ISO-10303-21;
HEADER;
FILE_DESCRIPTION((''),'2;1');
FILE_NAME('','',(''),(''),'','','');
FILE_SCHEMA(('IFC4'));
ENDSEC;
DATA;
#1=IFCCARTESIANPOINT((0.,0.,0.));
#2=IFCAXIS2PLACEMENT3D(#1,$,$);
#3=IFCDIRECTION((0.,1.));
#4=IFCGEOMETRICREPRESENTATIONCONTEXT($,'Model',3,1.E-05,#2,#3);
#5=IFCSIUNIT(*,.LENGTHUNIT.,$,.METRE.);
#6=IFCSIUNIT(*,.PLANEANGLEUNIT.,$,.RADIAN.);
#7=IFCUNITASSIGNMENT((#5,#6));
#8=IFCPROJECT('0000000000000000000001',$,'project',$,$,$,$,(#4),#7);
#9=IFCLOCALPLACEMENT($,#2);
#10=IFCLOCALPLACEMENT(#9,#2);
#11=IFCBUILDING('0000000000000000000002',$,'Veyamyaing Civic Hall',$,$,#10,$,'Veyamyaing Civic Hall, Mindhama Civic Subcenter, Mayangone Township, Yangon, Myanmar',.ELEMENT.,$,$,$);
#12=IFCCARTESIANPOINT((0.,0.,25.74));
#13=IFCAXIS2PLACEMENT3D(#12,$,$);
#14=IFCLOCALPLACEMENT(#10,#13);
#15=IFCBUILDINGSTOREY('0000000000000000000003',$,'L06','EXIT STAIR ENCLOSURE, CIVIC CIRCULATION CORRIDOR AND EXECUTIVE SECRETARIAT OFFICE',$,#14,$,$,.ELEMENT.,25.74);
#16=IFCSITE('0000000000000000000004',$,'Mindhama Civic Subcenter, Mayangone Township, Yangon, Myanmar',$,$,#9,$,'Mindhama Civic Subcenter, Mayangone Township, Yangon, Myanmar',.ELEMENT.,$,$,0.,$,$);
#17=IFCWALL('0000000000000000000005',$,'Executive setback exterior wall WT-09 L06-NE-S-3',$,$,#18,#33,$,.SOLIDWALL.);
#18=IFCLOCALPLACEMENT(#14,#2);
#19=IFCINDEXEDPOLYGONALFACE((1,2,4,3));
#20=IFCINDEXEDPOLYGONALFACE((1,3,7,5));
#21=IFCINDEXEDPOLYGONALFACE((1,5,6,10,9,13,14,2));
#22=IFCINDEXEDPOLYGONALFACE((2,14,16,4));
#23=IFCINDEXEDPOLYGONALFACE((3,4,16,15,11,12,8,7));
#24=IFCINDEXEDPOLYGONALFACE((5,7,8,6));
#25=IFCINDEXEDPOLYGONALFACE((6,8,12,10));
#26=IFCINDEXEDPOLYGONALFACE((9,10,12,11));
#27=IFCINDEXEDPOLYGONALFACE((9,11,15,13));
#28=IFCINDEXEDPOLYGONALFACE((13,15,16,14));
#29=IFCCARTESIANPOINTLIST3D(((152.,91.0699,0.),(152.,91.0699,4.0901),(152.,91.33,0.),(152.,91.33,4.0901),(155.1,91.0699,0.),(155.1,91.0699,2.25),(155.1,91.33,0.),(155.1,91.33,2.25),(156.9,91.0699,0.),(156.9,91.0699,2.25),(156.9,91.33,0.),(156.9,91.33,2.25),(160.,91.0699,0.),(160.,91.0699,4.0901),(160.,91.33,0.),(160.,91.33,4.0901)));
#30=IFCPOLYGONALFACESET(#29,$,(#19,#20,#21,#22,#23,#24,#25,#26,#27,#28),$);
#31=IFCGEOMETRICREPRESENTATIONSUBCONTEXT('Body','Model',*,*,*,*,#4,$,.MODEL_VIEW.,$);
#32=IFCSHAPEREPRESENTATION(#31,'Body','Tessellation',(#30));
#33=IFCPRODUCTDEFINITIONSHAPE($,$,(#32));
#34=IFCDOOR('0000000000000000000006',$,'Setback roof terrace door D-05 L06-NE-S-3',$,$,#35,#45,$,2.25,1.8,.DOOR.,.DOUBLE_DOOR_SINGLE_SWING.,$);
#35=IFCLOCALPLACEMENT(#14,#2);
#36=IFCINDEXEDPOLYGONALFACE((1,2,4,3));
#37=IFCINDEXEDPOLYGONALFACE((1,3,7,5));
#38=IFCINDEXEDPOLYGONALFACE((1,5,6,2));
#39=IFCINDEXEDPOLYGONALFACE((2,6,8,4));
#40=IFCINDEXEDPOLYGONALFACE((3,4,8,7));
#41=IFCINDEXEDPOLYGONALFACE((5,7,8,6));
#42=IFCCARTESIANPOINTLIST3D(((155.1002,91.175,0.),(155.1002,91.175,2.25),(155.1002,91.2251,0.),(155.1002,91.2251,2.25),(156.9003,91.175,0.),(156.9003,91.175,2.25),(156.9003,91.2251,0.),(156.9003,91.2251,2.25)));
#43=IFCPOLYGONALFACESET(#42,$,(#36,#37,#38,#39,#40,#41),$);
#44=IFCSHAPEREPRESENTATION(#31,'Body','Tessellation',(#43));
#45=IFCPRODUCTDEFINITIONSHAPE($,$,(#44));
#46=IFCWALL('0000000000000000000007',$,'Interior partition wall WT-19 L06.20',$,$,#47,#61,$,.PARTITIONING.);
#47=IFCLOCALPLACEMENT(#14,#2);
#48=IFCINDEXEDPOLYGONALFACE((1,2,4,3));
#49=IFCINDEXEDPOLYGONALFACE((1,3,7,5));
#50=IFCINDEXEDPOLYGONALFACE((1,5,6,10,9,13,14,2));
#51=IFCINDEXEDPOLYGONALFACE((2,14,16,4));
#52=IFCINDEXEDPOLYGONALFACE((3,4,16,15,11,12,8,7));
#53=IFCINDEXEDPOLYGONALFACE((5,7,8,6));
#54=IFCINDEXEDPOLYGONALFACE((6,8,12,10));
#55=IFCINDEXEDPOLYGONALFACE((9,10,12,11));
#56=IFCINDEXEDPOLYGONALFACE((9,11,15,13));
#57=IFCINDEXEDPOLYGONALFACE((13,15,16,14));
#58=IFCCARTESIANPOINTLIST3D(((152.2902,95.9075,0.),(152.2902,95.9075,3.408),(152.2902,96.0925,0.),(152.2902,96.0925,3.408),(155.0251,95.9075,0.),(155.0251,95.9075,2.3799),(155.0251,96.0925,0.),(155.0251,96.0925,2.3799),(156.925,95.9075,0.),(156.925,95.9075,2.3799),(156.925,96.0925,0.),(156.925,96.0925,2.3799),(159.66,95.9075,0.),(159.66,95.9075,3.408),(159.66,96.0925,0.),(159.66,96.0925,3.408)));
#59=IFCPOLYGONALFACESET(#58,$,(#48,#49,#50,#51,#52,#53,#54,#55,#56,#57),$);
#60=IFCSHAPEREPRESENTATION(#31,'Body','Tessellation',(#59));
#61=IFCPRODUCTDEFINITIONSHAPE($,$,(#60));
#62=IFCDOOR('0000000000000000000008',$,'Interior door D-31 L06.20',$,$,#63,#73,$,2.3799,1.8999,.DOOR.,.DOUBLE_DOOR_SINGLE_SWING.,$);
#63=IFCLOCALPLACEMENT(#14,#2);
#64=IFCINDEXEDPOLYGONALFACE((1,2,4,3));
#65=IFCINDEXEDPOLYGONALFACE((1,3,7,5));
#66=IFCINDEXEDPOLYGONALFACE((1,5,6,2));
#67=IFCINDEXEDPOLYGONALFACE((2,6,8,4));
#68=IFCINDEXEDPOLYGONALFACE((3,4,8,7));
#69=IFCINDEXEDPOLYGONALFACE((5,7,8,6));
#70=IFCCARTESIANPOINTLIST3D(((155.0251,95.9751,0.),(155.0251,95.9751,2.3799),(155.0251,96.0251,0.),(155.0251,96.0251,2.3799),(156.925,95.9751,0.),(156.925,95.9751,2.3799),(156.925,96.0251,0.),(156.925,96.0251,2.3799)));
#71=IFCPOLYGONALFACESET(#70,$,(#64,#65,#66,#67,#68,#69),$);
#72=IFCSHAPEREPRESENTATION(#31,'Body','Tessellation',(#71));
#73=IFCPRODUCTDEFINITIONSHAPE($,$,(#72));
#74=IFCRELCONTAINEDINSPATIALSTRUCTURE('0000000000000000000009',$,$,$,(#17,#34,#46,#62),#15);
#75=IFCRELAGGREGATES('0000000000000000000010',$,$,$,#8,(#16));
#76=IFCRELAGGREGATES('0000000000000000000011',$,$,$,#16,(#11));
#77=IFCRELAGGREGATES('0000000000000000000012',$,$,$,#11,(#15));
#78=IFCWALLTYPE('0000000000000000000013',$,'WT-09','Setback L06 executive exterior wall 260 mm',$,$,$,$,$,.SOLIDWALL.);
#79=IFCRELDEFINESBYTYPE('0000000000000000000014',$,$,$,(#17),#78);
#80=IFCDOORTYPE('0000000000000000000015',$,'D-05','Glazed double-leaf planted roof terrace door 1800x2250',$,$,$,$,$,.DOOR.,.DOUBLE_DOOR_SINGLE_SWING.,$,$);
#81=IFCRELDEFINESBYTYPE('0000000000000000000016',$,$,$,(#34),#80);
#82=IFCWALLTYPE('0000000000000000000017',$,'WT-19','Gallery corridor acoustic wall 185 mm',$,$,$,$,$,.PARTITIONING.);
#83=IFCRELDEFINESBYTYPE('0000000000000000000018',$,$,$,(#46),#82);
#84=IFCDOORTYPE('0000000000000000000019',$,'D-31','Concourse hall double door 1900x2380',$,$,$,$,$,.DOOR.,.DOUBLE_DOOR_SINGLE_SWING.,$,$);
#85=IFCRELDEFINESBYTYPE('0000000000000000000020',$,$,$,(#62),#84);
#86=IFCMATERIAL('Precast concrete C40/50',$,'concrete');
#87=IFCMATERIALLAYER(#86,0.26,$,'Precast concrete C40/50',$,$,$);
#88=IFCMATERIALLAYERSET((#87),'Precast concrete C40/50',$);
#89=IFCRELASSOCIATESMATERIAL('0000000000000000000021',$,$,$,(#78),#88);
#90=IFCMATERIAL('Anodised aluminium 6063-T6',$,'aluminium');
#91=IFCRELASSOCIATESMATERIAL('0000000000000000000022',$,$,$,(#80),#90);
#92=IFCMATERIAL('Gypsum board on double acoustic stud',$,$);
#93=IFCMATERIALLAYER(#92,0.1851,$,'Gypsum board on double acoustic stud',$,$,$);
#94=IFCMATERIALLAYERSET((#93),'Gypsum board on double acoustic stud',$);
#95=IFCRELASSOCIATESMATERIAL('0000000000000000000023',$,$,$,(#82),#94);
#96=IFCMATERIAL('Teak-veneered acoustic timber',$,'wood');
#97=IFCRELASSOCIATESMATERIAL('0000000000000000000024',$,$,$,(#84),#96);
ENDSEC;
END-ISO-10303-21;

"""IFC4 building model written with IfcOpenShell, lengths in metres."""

from ifc_helpers import new_model, si_unit, direction, frame, frame_2d, origin, place, context, subcontext, project, spatial, rectangle, extrude, material, layer, layer_set, type_object, element, fill, save


model = new_model("IFC4")

# Units and contexts
model_context = context("Model", 3, precision=1e-05, world=origin(), true_north=direction((0.0, 1.0)))
body_context = subcontext(model_context, "Body", "Model", "MODEL_VIEW")
ifc_project = project(units=[si_unit("LENGTHUNIT", "METRE"), si_unit("PLANEANGLEUNIT", "RADIAN")], contexts=[model_context])

# Site, building, storey
site_placement = place(None, origin())
site = spatial("IfcSite", under=ifc_project, at=site_placement, Name="Mindhama Civic Subcenter, Mayangone Township, Yangon, Myanmar", LongName="Mindhama Civic Subcenter, Mayangone Township, Yangon, Myanmar", CompositionType="ELEMENT", RefElevation=0.0)
building_placement = place(site_placement, origin())
building = spatial("IfcBuilding", under=site, at=building_placement, Name="Veyamyaing Civic Hall", LongName="Veyamyaing Civic Hall, Mindhama Civic Subcenter, Mayangone Township, Yangon, Myanmar", CompositionType="ELEMENT")
storey_placement = place(building_placement, frame((0.0, 0.0, 25.74)))
storey = spatial("IfcBuildingStorey", under=building, at=storey_placement, Name="L06", Description="EXIT STAIR ENCLOSURE, CIVIC CIRCULATION CORRIDOR AND EXECUTIVE SECRETARIAT OFFICE", CompositionType="ELEMENT", Elevation=25.74)

# Shared definitions
ifc_material_1 = material(Name="Anodised aluminium 6063-T6", Category="aluminium")

# Shared definitions
ifc_material_2 = material(Name="Teak-veneered acoustic timber", Category="wood")

# Walls, openings, doors
ifc_material_3 = material(Name="Precast concrete C40/50", Category="concrete")
ifc_layer_1 = layer(ifc_material_3, 0.26, Name="Precast concrete C40/50")
ifc_layer_set_1 = layer_set([ifc_layer_1], Name="Precast concrete C40/50")
wall_type_1 = type_object("IfcWallType", Name="WT-09", Description="Setback L06 executive exterior wall 260 mm", PredefinedType="SOLIDWALL", material=ifc_layer_set_1)
wall_1_placement = place(storey_placement, frame((152.0, 91.2, 0.0), z_axis=(0.0, 0.0, 1.0), x_axis=(1.0, 0.0, 0.0)))
wall_1 = element("IfcWall", 1, at=wall_1_placement, inside=storey, type_object=wall_type_1, Name="Executive setback exterior wall WT-09 L06-NE-S-3", PredefinedType="SOLIDWALL", context=body_context, shape_type="SweptSolid", body=[
    extrude(rectangle(XDim=8.0, YDim=0.26, at=frame_2d((4.0, 0.0))), origin(), (0.0, 0.0, 1.0), 4.0901),
])
opening_1_placement = place(wall_1_placement, frame((3.1001, 0.0, 0.0)))
opening_1 = element("IfcOpeningElement", 2, at=opening_1_placement, cuts=wall_1, PredefinedType="OPENING", context=body_context, shape_type="SweptSolid", body=[
    extrude(rectangle(XDim=1.8, YDim=2.25, at=frame_2d((0.8999, 1.125))), frame((0.0, 0.1399, 0.0), z_axis=(0.0, -1.0, 0.0), x_axis=(1.0, 0.0, 0.0)), (0.0, 0.0, 1.0), 0.28),
])
door_type_1 = type_object("IfcDoorType", Name="D-05", Description="Glazed double-leaf planted roof terrace door 1800x2250", OperationType="DOUBLE_DOOR_SINGLE_SWING", PredefinedType="DOOR", material=ifc_material_1)
door_1_placement = place(opening_1_placement, frame((1.8, 0.0, 0.0), z_axis=(0.0, 0.0, 1.0), x_axis=(-1.0, 0.0, 0.0)))
door_1 = element("IfcDoor", 3, at=door_1_placement, inside=storey, type_object=door_type_1, Name="Setback roof terrace door D-05 L06-NE-S-3", OperationType="DOUBLE_DOOR_SINGLE_SWING", OverallHeight=2.25, OverallWidth=1.8, PredefinedType="DOOR", context=body_context, shape_type="SweptSolid", body=[
    extrude(rectangle(XDim=1.8, YDim=2.25, at=frame_2d((0.8999, 1.125))), frame((0.0, 0.0249, 0.0), z_axis=(0.0, -1.0, 0.0), x_axis=(1.0, 0.0, 0.0)), (0.0, 0.0, 1.0), 0.05),
])
fill(opening_1, door_1)
ifc_material_4 = material(Name="Gypsum board on double acoustic stud")
ifc_layer_2 = layer(ifc_material_4, 0.1851, Name="Gypsum board on double acoustic stud")
ifc_layer_set_2 = layer_set([ifc_layer_2], Name="Gypsum board on double acoustic stud")
wall_type_2 = type_object("IfcWallType", Name="WT-19", Description="Gallery corridor acoustic wall 185 mm", PredefinedType="PARTITIONING", material=ifc_layer_set_2)
wall_2_placement = place(storey_placement, frame((152.29, 96.0, 0.0), z_axis=(0.0, 0.0, 1.0), x_axis=(1.0, 0.0, 0.0)))
wall_2 = element("IfcWall", 4, at=wall_2_placement, inside=storey, type_object=wall_type_2, Name="Interior partition wall WT-19 L06.20", PredefinedType="PARTITIONING", context=body_context, shape_type="SweptSolid", body=[
    extrude(rectangle(XDim=7.3699, YDim=0.1851, at=frame_2d((3.6851, 0.0))), origin(), (0.0, 0.0, 1.0), 3.408),
])
opening_2_placement = place(wall_2_placement, frame((2.7351, 0.0, 0.0)))
opening_2 = element("IfcOpeningElement", 5, at=opening_2_placement, cuts=wall_2, PredefinedType="OPENING", context=body_context, shape_type="SweptSolid", body=[
    extrude(rectangle(XDim=1.8999, YDim=2.3799, at=frame_2d((0.95, 1.1899))), frame((0.0, 0.1025, 0.0), z_axis=(0.0, -1.0, 0.0), x_axis=(1.0, 0.0, 0.0)), (0.0, 0.0, 1.0), 0.2051),
])
door_type_2 = type_object("IfcDoorType", Name="D-31", Description="Concourse hall double door 1900x2380", OperationType="DOUBLE_DOOR_SINGLE_SWING", PredefinedType="DOOR", material=ifc_material_2)
door_2_placement = place(opening_2_placement, frame((1.8999, 0.0, 0.0), z_axis=(0.0, 0.0, 1.0), x_axis=(-1.0, 0.0, 0.0)))
door_2 = element("IfcDoor", 6, at=door_2_placement, inside=storey, type_object=door_type_2, Name="Interior door D-31 L06.20", OperationType="DOUBLE_DOOR_SINGLE_SWING", OverallHeight=2.3799, OverallWidth=1.8999, PredefinedType="DOOR", context=body_context, shape_type="SweptSolid", body=[
    extrude(rectangle(XDim=1.8999, YDim=2.3799, at=frame_2d((0.95, 1.1899))), frame((0.0, 0.0249, 0.0), z_axis=(0.0, -1.0, 0.0), x_axis=(1.0, 0.0, 0.0)), (0.0, 0.0, 1.0), 0.05),
])
fill(opening_2, door_2)

save(model, "model.ifc")
